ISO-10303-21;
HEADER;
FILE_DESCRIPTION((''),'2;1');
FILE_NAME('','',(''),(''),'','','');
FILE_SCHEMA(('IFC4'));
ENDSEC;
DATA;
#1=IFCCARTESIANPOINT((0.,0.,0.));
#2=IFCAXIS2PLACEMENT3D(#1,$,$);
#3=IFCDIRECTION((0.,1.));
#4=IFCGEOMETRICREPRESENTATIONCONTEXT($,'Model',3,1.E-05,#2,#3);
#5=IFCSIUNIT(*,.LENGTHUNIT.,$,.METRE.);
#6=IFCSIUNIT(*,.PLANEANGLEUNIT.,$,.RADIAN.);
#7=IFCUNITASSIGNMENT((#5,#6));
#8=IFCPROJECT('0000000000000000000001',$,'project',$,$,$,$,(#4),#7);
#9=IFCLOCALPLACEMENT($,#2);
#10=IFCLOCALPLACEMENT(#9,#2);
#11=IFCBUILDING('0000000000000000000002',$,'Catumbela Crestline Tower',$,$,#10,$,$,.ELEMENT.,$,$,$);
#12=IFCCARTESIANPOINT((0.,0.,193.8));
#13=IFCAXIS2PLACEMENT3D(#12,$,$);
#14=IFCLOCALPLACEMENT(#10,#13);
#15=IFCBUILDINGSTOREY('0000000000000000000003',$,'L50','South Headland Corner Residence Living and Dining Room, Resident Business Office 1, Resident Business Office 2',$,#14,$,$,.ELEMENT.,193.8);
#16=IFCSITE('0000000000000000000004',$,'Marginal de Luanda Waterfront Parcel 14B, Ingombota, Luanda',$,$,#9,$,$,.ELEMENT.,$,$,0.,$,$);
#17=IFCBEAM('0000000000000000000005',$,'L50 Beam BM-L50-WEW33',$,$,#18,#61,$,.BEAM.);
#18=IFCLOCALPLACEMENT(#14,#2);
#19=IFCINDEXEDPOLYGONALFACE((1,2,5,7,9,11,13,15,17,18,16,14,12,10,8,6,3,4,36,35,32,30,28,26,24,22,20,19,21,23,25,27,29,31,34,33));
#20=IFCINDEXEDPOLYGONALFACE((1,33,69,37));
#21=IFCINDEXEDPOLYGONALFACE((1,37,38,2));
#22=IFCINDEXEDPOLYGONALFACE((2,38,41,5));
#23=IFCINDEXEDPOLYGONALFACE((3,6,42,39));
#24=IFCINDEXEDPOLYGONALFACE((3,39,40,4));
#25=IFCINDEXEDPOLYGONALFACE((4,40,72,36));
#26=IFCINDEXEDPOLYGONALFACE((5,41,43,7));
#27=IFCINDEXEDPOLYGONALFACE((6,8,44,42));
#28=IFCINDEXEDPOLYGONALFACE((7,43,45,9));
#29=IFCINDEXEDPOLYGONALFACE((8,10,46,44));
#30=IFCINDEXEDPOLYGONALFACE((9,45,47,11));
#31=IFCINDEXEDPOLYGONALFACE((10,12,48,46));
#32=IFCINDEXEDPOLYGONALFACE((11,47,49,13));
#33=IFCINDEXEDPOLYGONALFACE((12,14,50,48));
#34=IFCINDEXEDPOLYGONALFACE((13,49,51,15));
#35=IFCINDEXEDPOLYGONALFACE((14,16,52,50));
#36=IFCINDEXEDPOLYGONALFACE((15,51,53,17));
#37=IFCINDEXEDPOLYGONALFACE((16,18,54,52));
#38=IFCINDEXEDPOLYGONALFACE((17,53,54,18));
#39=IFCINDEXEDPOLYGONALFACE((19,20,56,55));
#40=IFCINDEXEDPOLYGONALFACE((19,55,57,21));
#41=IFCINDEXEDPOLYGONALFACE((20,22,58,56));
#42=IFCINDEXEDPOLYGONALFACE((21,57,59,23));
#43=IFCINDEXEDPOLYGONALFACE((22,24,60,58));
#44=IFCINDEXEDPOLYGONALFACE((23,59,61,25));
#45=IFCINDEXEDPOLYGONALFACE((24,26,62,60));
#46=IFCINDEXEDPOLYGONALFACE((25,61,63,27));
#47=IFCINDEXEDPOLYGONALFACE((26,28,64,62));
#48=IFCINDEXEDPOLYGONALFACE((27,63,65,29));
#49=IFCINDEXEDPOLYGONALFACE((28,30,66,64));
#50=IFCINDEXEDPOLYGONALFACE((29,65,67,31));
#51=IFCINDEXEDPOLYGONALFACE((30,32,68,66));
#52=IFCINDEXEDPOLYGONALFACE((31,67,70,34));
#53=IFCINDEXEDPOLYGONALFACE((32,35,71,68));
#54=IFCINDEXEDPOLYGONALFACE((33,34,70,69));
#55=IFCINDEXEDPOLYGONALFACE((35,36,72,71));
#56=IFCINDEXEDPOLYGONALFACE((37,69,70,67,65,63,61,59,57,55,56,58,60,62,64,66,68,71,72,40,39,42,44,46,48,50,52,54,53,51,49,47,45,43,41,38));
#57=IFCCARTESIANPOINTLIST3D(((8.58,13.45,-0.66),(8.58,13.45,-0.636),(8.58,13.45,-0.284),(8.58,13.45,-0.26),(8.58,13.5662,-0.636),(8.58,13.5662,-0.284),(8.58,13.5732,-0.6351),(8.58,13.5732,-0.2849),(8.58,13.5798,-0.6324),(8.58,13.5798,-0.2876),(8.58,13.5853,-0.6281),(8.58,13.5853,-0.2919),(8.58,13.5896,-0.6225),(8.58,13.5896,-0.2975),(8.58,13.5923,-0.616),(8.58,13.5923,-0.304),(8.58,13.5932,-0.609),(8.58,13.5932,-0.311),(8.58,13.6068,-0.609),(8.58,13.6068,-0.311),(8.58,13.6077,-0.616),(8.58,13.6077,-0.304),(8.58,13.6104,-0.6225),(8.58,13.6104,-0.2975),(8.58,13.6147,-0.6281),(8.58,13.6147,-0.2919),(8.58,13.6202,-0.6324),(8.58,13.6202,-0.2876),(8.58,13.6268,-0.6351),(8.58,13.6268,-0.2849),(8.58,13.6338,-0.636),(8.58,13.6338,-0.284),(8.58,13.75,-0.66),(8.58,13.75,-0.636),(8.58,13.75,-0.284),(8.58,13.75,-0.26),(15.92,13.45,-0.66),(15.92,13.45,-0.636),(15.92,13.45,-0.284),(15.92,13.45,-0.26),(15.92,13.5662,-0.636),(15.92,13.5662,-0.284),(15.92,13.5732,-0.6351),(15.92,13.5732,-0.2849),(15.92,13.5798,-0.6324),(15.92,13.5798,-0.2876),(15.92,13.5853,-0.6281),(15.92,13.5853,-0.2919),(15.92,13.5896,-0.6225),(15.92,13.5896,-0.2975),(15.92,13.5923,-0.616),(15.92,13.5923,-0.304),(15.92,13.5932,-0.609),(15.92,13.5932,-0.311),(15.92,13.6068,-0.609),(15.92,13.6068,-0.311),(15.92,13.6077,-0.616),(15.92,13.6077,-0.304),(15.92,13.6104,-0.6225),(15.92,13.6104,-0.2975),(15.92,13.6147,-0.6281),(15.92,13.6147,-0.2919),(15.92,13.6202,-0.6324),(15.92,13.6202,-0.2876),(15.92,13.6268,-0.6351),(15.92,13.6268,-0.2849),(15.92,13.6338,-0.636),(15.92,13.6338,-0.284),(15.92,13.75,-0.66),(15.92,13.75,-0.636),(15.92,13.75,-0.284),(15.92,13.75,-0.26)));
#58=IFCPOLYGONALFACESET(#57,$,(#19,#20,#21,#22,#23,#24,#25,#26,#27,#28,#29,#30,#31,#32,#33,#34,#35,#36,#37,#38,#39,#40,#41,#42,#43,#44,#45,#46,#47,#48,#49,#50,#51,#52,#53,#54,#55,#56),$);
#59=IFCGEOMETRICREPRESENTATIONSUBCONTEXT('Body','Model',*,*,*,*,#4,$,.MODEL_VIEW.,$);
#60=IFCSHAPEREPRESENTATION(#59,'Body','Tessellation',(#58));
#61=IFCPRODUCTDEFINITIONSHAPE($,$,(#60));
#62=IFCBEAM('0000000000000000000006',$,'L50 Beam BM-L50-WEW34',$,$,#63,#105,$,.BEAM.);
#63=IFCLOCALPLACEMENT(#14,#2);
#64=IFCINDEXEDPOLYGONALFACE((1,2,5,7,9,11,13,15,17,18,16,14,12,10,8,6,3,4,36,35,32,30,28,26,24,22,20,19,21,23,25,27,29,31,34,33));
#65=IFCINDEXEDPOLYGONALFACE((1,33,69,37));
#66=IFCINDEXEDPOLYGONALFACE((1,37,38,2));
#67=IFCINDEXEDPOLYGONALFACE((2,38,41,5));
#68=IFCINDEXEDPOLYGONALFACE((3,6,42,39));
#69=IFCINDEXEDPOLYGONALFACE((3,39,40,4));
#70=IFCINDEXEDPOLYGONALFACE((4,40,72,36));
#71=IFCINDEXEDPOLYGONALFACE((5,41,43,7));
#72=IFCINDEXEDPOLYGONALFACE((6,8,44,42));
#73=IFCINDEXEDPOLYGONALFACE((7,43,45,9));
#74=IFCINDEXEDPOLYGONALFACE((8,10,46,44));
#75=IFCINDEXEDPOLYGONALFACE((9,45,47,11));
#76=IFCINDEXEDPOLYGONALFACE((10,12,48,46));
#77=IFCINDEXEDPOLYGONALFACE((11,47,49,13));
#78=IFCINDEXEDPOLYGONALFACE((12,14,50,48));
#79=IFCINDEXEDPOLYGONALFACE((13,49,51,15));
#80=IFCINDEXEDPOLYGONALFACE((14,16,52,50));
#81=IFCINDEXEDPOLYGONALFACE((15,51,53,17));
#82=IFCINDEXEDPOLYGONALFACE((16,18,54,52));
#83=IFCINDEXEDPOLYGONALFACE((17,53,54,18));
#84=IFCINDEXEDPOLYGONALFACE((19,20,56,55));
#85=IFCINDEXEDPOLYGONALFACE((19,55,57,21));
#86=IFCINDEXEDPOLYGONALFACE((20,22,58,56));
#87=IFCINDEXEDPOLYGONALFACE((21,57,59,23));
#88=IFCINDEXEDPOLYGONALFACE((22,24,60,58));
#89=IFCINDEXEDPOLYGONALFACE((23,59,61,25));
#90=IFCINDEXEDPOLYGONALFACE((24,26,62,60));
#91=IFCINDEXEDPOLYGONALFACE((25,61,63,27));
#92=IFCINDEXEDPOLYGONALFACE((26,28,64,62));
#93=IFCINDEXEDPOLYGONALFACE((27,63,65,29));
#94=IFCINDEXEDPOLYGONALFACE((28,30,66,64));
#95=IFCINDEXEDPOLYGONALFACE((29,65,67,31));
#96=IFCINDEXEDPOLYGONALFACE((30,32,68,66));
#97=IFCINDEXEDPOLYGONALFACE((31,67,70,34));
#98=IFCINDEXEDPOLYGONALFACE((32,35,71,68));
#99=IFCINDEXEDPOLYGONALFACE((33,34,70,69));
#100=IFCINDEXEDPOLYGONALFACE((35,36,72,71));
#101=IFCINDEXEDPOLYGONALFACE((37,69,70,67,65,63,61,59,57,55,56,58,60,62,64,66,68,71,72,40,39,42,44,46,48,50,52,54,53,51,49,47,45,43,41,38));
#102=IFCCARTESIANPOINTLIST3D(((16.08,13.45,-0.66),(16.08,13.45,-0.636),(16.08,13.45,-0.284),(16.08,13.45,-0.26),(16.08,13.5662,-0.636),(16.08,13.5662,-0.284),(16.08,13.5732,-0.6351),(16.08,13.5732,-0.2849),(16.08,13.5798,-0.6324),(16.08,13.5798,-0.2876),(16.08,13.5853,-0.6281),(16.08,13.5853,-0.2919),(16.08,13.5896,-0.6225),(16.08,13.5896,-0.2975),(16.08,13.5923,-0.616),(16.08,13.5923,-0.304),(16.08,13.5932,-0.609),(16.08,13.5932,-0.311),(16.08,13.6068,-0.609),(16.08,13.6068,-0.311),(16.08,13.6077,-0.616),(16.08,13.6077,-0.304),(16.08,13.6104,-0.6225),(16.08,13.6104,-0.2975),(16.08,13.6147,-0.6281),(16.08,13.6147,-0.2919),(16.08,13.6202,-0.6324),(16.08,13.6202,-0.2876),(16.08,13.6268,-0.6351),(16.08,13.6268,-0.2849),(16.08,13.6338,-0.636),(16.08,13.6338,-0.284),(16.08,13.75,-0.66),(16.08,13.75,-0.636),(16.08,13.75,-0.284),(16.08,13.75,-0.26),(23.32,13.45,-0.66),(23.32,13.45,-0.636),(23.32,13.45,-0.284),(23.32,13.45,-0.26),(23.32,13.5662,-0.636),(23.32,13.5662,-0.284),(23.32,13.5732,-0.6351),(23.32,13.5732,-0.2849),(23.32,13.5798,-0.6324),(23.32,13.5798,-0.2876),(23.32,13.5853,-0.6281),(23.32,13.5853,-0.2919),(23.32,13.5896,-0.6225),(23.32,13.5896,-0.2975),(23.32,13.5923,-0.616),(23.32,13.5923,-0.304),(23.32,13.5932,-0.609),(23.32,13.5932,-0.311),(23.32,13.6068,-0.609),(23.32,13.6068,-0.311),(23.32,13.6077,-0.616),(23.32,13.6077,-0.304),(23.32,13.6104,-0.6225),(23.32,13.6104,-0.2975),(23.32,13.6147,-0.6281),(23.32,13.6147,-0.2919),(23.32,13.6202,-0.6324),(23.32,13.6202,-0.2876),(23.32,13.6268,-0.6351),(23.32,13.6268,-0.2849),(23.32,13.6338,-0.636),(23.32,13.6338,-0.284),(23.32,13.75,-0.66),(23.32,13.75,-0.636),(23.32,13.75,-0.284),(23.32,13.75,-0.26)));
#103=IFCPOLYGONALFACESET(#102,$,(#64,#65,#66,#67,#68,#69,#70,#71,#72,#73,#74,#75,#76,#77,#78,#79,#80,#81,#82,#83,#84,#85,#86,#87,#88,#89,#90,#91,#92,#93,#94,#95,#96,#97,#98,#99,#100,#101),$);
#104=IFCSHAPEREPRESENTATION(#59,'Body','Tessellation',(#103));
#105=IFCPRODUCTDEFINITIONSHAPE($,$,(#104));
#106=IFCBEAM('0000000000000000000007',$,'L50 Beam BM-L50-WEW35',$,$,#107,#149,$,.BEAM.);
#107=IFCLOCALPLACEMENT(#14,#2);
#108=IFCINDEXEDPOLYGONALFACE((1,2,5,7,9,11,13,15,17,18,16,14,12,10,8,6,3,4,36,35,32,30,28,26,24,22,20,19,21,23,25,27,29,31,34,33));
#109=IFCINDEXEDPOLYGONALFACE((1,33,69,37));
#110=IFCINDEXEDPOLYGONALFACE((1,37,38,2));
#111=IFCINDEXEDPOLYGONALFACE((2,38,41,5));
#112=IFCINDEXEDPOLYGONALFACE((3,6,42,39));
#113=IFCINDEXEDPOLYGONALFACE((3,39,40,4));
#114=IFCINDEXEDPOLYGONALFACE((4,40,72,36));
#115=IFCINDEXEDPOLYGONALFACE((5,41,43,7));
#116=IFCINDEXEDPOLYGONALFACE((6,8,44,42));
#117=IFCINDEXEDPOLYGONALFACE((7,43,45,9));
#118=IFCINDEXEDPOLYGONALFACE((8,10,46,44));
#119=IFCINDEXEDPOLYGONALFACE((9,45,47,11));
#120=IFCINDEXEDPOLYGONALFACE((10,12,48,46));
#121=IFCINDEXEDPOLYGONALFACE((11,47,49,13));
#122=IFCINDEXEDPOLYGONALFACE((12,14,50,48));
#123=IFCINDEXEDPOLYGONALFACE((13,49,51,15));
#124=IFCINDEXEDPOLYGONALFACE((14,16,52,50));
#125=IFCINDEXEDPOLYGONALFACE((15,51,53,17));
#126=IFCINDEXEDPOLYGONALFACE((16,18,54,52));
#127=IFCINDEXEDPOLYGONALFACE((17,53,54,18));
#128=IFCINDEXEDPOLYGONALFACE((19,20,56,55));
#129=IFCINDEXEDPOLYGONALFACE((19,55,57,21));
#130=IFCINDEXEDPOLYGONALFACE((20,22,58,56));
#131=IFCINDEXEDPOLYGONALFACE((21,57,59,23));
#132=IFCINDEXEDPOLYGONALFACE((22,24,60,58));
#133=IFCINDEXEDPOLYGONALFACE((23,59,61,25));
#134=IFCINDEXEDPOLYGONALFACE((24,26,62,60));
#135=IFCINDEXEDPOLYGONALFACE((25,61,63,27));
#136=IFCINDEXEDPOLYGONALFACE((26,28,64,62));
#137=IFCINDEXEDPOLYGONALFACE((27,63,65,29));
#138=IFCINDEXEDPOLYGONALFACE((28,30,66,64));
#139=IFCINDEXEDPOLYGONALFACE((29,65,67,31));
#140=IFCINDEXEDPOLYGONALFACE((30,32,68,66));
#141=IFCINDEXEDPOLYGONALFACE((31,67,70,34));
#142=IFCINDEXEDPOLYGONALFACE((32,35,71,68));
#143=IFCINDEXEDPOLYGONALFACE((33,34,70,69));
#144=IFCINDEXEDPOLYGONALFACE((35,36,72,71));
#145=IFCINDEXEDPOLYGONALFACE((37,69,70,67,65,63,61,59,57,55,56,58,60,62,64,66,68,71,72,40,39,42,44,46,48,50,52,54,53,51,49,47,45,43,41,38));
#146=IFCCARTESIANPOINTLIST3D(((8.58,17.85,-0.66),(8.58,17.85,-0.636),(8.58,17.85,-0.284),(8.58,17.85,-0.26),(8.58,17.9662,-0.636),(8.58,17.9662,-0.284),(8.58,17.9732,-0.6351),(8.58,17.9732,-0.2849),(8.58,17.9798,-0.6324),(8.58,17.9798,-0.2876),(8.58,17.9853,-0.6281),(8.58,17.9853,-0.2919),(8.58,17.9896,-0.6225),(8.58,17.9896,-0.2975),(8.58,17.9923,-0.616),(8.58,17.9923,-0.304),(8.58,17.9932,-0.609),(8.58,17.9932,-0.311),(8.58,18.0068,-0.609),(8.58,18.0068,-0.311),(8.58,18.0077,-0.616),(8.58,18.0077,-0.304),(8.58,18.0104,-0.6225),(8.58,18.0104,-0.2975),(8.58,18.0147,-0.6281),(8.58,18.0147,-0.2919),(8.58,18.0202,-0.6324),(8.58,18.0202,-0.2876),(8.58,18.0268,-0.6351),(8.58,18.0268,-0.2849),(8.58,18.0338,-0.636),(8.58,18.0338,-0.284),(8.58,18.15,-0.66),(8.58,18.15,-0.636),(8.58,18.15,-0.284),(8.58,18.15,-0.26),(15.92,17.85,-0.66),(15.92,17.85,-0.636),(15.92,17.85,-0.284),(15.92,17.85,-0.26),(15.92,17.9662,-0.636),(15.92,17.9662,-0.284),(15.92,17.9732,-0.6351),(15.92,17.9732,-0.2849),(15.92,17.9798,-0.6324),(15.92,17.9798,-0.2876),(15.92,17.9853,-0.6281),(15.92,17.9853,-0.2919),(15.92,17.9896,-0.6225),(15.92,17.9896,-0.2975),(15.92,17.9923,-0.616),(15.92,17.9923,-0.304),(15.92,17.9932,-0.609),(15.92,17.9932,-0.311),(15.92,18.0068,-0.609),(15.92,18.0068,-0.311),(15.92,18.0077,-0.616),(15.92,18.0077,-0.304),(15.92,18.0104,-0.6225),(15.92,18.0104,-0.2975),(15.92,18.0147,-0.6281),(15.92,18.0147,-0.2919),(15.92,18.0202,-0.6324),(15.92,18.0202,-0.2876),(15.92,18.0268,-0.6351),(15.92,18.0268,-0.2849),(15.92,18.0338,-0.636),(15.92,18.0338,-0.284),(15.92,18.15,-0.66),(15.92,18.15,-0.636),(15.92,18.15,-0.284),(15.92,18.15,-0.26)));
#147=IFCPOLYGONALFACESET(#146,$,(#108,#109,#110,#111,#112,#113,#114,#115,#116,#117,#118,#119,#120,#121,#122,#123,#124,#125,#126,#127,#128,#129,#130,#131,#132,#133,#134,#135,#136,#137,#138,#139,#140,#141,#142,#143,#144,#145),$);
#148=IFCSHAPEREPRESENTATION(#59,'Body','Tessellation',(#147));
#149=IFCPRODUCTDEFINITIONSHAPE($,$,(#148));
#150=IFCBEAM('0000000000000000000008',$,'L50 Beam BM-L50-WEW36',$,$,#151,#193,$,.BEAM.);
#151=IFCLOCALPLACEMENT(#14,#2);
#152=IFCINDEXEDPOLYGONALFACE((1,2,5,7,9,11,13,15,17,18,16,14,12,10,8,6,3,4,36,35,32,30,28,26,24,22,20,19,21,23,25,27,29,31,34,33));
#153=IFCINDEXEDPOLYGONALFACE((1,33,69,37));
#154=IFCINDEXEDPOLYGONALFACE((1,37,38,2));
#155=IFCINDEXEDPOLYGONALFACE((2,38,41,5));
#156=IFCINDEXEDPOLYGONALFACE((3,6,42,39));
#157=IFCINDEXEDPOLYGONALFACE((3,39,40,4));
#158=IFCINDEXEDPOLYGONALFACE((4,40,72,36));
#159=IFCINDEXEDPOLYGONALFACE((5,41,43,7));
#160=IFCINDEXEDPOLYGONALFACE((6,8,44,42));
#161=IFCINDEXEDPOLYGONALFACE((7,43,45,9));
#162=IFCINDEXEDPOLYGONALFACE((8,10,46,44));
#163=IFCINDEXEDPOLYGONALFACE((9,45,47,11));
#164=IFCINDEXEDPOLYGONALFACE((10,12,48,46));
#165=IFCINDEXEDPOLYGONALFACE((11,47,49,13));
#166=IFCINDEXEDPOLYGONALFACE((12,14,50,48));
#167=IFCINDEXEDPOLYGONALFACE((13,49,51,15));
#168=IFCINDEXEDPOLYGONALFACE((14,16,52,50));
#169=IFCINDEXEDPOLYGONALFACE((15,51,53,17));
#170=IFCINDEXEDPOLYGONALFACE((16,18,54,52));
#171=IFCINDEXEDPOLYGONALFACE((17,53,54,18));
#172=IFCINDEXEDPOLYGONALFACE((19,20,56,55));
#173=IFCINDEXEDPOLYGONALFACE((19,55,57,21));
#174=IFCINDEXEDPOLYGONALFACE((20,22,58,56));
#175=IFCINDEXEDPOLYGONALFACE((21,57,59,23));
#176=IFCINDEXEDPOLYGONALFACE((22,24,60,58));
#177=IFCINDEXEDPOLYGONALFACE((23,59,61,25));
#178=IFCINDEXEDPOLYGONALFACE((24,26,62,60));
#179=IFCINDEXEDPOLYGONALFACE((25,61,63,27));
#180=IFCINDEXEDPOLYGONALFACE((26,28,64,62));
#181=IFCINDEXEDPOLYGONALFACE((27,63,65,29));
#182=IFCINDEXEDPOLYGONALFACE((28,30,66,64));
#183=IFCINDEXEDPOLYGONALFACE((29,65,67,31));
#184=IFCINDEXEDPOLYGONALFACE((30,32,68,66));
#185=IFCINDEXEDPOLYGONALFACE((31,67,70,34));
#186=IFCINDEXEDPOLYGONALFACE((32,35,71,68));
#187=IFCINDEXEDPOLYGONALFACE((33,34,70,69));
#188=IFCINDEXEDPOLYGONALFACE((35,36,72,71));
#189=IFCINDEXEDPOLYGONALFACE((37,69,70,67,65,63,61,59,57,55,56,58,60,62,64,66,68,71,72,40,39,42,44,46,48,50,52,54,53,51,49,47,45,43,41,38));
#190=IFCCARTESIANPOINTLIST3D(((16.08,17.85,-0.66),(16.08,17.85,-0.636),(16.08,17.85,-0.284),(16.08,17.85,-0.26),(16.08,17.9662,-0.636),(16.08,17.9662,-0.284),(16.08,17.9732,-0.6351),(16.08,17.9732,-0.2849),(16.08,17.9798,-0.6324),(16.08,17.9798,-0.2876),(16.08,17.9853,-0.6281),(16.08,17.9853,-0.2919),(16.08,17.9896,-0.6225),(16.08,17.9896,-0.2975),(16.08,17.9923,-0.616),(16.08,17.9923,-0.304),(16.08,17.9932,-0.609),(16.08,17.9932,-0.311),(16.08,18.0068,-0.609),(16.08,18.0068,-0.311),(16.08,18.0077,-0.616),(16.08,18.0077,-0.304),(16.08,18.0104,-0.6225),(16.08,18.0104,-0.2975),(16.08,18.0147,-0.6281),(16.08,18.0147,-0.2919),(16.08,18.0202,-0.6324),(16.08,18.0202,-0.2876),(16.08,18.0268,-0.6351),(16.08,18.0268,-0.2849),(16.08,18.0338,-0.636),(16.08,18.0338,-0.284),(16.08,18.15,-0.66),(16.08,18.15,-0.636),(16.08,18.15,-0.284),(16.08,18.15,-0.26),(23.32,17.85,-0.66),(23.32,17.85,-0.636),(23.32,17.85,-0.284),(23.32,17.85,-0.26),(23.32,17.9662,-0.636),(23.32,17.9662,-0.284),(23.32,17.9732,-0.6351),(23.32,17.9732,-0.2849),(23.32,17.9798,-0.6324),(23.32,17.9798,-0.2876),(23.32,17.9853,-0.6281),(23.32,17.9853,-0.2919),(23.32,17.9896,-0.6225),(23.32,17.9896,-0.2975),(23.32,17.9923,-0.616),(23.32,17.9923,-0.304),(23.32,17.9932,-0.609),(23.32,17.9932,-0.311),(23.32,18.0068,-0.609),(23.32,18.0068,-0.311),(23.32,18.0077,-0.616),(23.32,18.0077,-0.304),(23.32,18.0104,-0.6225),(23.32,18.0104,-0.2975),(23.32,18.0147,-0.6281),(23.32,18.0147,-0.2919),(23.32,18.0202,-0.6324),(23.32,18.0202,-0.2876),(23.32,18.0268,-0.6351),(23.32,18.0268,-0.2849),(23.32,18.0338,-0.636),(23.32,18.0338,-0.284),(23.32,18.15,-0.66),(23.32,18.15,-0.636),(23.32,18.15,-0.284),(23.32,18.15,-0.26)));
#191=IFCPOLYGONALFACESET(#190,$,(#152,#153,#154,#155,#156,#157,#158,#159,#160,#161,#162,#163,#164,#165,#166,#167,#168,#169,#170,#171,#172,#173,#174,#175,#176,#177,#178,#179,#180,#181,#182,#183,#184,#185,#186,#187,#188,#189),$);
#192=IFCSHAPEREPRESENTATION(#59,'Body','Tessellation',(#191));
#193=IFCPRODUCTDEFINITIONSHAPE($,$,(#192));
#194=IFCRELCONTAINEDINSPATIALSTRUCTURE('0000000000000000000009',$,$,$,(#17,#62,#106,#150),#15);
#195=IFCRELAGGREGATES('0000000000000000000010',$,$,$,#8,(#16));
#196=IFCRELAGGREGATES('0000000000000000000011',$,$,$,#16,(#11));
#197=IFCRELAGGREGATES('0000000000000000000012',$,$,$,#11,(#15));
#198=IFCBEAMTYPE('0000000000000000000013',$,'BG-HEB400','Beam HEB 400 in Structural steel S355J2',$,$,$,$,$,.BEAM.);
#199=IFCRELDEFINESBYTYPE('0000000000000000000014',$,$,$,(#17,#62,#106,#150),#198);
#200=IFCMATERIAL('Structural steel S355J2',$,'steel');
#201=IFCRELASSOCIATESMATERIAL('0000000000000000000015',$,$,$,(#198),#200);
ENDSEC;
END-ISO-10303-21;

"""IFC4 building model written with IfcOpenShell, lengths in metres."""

from ifc_helpers import new_model, si_unit, direction, frame, origin, origin_2d, place, context, subcontext, project, spatial, i_section, extrude, material, material_profile, profile_set, type_object, element, save


model = new_model("IFC4")

# Units and contexts
model_context = context("Model", 3, precision=1e-05, world=origin(), true_north=direction((0.0, 1.0)))
body_context = subcontext(model_context, "Body", "Model", "MODEL_VIEW")
ifc_project = project(units=[si_unit("LENGTHUNIT", "METRE"), si_unit("PLANEANGLEUNIT", "RADIAN")], contexts=[model_context])

# Site, building, storey
site_placement = place(None, origin())
site = spatial("IfcSite", under=ifc_project, at=site_placement, Name="Marginal de Luanda Waterfront Parcel 14B, Ingombota, Luanda", CompositionType="ELEMENT", RefElevation=0.0)
building_placement = place(site_placement, origin())
building = spatial("IfcBuilding", under=site, at=building_placement, Name="Catumbela Crestline Tower", CompositionType="ELEMENT")
storey_placement = place(building_placement, frame((0.0, 0.0, 193.8)))
storey = spatial("IfcBuildingStorey", under=building, at=storey_placement, Name="L50", Description="South Headland Corner Residence Living and Dining Room, Resident Business Office 1, Resident Business Office 2", CompositionType="ELEMENT", Elevation=193.8)

# Shared definitions
ifc_material_1 = material(Name="Structural steel S355J2", Category="steel")

# Beams
ifc_material_profile_1 = material_profile(ifc_material_1, i_section(OverallWidth=0.3, OverallDepth=0.4, WebThickness=0.0135, FlangeThickness=0.024, FilletRadius=0.027, at=origin_2d()), Name="HEB 400")
ifc_profile_set_1 = profile_set([ifc_material_profile_1], Name="Structural steel S355J2")
beam_type_1 = type_object("IfcBeamType", Name="BG-HEB400", Description="Beam HEB 400 in Structural steel S355J2", PredefinedType="BEAM", material=ifc_profile_set_1)
beam_1_placement = place(storey_placement, frame((8.58, 13.6, -0.46), z_axis=(1.0, 0.0, 0.0), x_axis=(0.0, 1.0, 0.0)))
element("IfcBeam", 1, at=beam_1_placement, inside=storey, type_object=beam_type_1, Name="L50 Beam BM-L50-WEW33", PredefinedType="BEAM", context=body_context, shape_type="SweptSolid", body=[
    extrude(i_section(OverallWidth=0.3, OverallDepth=0.4, WebThickness=0.0135, FlangeThickness=0.024, FilletRadius=0.027, at=origin_2d()), origin(), (0.0, 0.0, 1.0), 7.34),
])
beam_2_placement = place(storey_placement, frame((16.08, 13.6, -0.46), z_axis=(1.0, 0.0, 0.0), x_axis=(0.0, 1.0, 0.0)))
element("IfcBeam", 2, at=beam_2_placement, inside=storey, type_object=beam_type_1, Name="L50 Beam BM-L50-WEW34", PredefinedType="BEAM", context=body_context, shape_type="SweptSolid", body=[
    extrude(i_section(OverallWidth=0.3, OverallDepth=0.4, WebThickness=0.0135, FlangeThickness=0.024, FilletRadius=0.027, at=origin_2d()), origin(), (0.0, 0.0, 1.0), 7.24),
])
beam_3_placement = place(storey_placement, frame((8.58, 18.0, -0.46), z_axis=(1.0, 0.0, 0.0), x_axis=(0.0, 1.0, 0.0)))
element("IfcBeam", 3, at=beam_3_placement, inside=storey, type_object=beam_type_1, Name="L50 Beam BM-L50-WEW35", PredefinedType="BEAM", context=body_context, shape_type="SweptSolid", body=[
    extrude(i_section(OverallWidth=0.3, OverallDepth=0.4, WebThickness=0.0135, FlangeThickness=0.024, FilletRadius=0.027, at=origin_2d()), origin(), (0.0, 0.0, 1.0), 7.34),
])
beam_4_placement = place(storey_placement, frame((16.08, 18.0, -0.46), z_axis=(1.0, 0.0, 0.0), x_axis=(0.0, 1.0, 0.0)))
element("IfcBeam", 4, at=beam_4_placement, inside=storey, type_object=beam_type_1, Name="L50 Beam BM-L50-WEW36", PredefinedType="BEAM", context=body_context, shape_type="SweptSolid", body=[
    extrude(i_section(OverallWidth=0.3, OverallDepth=0.4, WebThickness=0.0135, FlangeThickness=0.024, FilletRadius=0.027, at=origin_2d()), origin(), (0.0, 0.0, 1.0), 7.24),
])

save(model, "model.ifc")
